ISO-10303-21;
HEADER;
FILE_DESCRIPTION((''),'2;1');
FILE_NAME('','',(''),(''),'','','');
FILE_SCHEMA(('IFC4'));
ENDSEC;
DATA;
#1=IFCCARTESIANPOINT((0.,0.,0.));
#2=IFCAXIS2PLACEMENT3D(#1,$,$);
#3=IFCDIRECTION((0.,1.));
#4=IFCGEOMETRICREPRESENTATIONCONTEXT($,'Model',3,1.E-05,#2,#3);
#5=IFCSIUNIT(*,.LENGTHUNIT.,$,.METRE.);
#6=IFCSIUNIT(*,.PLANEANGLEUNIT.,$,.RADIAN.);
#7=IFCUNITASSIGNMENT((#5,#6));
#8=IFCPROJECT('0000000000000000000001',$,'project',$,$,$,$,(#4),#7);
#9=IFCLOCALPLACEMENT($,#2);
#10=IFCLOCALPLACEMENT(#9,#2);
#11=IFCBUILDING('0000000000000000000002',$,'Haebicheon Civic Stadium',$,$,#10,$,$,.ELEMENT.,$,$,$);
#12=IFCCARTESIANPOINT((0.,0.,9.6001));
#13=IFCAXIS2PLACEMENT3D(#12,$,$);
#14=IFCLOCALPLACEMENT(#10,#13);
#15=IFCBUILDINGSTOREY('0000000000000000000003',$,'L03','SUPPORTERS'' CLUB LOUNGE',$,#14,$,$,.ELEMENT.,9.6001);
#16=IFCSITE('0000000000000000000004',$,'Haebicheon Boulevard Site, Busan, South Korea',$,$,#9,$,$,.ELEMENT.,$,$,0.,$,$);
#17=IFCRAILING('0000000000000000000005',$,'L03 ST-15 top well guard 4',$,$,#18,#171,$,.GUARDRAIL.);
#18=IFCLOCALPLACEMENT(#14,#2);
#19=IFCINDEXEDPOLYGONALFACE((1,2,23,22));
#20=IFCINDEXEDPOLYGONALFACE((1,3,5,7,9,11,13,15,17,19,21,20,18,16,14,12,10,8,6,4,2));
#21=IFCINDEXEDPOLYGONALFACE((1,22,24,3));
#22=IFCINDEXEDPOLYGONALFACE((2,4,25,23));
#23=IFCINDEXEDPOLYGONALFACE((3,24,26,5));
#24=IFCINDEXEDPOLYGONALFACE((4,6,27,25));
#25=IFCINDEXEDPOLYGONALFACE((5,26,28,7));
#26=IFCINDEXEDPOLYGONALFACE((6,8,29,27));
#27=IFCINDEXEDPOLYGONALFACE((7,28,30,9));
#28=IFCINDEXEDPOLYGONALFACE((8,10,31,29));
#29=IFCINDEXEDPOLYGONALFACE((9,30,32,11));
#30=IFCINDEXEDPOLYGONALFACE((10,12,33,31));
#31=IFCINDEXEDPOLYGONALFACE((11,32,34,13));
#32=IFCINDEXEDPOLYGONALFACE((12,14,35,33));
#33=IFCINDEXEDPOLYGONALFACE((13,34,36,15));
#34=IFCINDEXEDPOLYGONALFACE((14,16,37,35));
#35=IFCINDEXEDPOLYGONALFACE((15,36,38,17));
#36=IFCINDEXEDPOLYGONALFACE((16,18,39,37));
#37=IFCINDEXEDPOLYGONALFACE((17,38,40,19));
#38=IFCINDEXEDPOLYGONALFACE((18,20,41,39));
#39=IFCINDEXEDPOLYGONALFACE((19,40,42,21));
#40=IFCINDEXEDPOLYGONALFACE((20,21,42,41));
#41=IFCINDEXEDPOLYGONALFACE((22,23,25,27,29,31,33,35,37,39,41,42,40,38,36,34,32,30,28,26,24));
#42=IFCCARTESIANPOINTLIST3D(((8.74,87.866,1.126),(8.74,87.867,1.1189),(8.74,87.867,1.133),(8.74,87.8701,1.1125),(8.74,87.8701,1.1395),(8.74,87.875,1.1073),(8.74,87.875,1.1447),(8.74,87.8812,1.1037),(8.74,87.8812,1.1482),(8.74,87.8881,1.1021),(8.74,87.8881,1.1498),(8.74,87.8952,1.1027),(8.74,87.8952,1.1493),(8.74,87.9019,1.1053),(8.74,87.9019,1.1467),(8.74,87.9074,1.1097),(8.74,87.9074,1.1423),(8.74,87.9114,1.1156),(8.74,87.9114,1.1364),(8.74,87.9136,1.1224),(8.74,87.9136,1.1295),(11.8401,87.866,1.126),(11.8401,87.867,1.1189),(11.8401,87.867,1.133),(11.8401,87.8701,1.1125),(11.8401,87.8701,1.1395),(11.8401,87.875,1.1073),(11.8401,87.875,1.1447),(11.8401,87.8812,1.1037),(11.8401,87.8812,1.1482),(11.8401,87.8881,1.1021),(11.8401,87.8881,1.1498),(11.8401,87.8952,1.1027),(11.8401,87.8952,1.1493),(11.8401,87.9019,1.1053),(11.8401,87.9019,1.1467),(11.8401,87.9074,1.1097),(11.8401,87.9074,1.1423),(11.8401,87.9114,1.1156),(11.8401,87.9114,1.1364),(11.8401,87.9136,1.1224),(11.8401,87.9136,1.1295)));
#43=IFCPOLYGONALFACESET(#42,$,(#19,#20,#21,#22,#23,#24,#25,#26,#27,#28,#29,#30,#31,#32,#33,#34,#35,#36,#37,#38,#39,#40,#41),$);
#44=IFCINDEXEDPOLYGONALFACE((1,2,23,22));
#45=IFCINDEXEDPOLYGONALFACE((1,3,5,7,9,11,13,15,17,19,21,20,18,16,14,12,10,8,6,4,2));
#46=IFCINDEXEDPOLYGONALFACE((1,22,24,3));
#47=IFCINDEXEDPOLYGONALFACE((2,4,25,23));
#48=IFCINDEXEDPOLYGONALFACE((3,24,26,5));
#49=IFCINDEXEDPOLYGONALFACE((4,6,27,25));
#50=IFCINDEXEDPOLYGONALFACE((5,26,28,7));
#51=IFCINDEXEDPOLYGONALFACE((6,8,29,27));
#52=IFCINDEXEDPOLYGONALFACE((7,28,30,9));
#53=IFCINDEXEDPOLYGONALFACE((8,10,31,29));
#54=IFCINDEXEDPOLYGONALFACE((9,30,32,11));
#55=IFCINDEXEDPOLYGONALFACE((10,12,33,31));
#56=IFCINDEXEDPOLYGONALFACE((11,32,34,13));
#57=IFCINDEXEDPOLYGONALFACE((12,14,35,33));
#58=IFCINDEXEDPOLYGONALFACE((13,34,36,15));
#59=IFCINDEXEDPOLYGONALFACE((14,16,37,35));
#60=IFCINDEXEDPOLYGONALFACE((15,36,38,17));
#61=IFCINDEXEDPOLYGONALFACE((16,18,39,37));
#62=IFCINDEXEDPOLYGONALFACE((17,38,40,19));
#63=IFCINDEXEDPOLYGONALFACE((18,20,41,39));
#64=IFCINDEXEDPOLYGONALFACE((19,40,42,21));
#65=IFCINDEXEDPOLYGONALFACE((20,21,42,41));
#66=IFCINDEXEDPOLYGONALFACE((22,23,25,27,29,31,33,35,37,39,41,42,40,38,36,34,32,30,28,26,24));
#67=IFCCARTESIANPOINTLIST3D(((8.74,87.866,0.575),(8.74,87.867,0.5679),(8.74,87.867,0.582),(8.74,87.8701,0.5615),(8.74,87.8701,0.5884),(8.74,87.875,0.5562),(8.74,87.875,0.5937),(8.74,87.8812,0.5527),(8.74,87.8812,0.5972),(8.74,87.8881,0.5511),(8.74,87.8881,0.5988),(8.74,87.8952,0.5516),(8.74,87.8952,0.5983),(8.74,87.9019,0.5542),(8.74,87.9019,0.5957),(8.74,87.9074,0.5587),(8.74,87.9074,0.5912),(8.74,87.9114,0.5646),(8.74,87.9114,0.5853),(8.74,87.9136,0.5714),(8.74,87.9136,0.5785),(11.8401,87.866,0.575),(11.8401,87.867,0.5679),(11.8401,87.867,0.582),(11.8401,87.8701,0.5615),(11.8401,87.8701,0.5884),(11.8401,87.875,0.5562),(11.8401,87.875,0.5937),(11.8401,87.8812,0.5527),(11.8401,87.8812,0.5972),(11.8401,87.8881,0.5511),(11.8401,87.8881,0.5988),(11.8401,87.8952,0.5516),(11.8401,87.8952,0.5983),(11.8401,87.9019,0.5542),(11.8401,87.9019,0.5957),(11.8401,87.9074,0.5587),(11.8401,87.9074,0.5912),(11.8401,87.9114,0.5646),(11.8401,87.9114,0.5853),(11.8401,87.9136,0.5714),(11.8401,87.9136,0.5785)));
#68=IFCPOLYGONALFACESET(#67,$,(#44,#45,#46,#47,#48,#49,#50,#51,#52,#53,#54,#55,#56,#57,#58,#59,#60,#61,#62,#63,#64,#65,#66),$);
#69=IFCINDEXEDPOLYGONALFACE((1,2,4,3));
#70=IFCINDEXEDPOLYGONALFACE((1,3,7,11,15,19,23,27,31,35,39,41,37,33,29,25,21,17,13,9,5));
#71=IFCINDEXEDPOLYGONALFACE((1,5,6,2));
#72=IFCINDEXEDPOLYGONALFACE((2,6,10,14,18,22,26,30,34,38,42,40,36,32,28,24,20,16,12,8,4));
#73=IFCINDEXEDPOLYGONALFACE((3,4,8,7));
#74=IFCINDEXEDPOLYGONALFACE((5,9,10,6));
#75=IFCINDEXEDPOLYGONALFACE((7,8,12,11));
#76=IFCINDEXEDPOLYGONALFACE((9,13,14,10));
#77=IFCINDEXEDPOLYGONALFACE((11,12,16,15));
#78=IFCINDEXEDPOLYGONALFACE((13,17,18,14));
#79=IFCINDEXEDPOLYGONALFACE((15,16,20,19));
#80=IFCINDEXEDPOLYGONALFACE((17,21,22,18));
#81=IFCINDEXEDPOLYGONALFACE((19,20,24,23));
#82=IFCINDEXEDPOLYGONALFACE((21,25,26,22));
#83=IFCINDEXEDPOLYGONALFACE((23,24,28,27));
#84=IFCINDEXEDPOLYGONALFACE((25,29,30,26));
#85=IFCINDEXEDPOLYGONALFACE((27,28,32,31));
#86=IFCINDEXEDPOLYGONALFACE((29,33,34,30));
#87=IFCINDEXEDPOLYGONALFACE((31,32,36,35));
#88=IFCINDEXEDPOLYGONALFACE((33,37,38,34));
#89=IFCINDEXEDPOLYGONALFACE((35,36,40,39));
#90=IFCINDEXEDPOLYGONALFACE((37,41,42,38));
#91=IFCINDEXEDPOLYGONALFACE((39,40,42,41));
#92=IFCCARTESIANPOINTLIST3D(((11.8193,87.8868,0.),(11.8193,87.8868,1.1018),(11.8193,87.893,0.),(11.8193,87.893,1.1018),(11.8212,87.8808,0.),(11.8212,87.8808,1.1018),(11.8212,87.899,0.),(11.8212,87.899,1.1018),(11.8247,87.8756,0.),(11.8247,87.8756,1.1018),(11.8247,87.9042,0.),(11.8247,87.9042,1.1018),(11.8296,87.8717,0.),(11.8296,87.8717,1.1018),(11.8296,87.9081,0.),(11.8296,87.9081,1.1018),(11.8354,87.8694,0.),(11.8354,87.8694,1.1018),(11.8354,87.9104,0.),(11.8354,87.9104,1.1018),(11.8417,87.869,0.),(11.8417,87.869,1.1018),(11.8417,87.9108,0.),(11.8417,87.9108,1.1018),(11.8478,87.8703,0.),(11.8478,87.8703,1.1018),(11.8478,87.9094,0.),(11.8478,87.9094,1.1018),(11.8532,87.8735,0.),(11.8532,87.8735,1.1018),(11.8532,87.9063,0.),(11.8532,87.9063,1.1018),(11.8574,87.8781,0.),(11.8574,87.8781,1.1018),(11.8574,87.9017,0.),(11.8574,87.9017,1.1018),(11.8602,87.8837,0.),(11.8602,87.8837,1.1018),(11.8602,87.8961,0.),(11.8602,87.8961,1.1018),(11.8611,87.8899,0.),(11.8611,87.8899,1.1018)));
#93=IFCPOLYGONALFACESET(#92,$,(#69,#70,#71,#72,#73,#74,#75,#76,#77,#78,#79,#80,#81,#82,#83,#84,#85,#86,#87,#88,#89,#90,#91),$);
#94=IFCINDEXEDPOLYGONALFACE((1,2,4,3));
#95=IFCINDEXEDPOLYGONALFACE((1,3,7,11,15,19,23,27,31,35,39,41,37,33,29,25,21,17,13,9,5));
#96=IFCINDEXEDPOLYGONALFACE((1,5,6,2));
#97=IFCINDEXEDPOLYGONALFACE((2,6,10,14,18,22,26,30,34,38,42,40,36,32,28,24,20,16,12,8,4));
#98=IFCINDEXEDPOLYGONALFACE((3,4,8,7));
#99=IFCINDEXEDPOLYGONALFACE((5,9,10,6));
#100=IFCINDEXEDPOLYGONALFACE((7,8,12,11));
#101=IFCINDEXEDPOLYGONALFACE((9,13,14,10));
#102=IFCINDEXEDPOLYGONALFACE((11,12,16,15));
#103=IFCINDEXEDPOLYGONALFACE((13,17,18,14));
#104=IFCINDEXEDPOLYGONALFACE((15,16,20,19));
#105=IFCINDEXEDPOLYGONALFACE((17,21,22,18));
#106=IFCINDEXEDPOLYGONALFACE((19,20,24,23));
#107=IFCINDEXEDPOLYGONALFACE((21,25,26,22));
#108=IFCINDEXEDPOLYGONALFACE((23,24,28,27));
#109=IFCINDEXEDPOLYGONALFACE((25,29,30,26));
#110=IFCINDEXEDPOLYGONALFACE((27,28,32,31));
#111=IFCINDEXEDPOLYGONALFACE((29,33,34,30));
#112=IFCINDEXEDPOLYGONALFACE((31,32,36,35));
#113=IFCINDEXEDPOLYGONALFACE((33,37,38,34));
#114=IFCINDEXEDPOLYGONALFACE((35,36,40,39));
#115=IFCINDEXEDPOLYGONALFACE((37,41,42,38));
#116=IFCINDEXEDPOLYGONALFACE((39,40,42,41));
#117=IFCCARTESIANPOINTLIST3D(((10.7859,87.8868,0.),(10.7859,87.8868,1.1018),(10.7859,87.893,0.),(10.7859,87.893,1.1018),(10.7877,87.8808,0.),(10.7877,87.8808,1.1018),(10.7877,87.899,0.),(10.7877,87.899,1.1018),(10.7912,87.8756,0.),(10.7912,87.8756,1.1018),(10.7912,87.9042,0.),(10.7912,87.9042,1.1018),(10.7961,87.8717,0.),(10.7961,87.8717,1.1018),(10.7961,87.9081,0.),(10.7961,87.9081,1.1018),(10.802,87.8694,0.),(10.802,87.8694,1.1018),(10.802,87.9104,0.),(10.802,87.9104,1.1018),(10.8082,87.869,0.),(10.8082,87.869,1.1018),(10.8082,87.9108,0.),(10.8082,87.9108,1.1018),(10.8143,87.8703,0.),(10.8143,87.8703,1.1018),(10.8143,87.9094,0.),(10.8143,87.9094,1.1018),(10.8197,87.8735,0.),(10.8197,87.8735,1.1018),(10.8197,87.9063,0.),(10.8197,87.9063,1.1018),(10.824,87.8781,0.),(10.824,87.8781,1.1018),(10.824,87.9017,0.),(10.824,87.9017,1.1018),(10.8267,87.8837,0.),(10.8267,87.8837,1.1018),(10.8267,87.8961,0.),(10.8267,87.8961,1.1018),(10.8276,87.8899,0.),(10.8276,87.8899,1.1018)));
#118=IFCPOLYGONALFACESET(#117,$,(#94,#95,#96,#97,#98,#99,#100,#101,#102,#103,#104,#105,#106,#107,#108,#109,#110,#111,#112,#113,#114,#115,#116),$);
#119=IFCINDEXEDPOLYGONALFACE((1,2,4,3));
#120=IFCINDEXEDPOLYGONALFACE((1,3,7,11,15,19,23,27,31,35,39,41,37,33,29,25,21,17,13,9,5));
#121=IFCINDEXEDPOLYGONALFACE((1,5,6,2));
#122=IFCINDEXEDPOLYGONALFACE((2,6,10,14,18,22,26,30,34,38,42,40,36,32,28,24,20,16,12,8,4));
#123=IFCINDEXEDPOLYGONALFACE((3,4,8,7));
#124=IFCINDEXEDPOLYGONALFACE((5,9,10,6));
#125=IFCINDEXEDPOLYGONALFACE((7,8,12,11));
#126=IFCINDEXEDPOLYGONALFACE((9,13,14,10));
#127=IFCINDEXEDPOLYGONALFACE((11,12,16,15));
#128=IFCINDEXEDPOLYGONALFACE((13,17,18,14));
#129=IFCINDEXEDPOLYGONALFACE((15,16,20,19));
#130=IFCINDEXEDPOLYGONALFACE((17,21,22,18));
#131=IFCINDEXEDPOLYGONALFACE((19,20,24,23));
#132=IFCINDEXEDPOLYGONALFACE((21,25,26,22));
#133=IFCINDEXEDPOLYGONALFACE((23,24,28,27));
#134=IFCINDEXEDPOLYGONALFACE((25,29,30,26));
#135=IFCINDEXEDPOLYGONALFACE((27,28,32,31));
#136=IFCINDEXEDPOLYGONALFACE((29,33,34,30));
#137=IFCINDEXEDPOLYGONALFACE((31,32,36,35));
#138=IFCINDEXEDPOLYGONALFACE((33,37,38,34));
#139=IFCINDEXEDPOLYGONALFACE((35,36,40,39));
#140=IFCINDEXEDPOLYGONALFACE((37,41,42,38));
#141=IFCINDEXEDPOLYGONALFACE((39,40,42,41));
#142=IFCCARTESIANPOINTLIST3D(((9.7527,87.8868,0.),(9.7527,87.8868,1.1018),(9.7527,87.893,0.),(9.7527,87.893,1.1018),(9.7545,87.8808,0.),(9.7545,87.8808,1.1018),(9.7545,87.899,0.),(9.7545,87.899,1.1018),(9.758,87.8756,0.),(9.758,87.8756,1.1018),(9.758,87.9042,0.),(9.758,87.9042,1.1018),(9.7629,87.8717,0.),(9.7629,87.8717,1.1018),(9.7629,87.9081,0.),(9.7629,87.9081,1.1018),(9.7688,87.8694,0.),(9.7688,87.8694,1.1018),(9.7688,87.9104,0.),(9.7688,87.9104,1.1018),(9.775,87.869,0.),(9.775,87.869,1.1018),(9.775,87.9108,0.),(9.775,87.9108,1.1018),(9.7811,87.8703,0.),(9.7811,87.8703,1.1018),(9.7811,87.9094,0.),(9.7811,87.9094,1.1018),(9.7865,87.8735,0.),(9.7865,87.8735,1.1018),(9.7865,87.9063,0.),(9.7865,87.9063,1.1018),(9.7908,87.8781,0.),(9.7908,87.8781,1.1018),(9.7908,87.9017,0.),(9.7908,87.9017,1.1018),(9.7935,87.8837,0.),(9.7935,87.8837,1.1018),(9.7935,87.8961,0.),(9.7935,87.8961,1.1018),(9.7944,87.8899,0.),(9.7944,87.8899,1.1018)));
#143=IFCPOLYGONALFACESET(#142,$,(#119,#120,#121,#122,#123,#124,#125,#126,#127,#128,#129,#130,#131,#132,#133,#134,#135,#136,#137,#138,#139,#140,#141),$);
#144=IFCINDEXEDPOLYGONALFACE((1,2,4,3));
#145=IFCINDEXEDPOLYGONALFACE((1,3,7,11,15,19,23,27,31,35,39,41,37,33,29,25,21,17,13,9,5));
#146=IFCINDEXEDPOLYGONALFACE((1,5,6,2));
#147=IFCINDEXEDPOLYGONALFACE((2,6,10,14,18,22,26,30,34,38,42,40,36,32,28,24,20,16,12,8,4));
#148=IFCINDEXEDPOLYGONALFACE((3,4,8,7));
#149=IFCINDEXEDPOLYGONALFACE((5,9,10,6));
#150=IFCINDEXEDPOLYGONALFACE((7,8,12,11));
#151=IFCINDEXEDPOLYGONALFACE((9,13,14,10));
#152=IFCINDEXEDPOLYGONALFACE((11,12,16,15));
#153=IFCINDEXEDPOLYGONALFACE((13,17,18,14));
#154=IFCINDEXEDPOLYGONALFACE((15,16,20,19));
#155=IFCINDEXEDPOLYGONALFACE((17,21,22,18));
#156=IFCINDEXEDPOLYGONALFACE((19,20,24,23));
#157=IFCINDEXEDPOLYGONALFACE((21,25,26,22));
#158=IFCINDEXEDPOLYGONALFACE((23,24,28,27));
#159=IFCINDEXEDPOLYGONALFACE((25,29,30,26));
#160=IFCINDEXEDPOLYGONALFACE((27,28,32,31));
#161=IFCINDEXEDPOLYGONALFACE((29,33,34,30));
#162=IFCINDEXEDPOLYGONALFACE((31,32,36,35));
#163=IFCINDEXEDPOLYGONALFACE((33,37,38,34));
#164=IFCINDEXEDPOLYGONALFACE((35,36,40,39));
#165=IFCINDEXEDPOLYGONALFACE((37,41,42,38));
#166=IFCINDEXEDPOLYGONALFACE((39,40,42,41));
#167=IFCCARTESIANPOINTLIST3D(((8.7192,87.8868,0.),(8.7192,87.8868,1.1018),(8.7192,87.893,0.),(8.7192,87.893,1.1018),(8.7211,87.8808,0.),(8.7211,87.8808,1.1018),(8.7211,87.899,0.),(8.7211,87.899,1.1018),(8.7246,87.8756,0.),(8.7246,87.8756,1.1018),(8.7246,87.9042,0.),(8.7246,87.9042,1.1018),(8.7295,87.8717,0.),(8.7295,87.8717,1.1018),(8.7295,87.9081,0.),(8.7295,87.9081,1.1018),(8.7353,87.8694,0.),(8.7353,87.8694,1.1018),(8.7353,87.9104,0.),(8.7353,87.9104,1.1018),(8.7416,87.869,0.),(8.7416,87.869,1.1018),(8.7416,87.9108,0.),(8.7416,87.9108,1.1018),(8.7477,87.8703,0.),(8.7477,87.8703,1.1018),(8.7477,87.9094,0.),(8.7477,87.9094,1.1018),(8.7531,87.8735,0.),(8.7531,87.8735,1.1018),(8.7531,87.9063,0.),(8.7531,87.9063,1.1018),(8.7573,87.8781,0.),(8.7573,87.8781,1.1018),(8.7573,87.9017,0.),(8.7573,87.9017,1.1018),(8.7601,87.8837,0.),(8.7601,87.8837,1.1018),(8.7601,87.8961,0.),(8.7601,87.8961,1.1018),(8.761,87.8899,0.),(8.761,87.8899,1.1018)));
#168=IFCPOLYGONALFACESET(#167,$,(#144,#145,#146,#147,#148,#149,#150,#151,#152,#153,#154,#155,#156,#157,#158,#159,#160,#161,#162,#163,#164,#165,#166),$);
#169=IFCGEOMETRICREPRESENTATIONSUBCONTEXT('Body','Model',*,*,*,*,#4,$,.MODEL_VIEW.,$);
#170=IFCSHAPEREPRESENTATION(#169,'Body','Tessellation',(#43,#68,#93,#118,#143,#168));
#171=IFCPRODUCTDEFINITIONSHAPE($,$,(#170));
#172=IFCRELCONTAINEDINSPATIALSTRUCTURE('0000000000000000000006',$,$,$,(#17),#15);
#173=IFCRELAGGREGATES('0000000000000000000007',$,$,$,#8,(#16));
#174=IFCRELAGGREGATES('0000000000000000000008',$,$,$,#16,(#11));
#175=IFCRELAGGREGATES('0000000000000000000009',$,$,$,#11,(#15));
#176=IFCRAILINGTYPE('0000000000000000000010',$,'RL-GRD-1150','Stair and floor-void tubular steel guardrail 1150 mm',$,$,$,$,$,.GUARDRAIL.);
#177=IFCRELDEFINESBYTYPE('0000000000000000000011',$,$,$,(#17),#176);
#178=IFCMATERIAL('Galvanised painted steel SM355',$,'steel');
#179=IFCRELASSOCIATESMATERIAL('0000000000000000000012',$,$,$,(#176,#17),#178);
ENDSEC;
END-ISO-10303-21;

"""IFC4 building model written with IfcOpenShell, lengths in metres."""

from ifc_helpers import new_model, si_unit, direction, frame, origin, origin_2d, place, context, subcontext, project, spatial, circle, extrude, material, type_object, element, save


model = new_model("IFC4")

# Units and contexts
model_context = context("Model", 3, precision=1e-05, world=origin(), true_north=direction((0.0, 1.0)))
body_context = subcontext(model_context, "Body", "Model", "MODEL_VIEW")
ifc_project = project(units=[si_unit("LENGTHUNIT", "METRE"), si_unit("PLANEANGLEUNIT", "RADIAN")], contexts=[model_context])

# Site, building, storey
site_placement = place(None, origin())
site = spatial("IfcSite", under=ifc_project, at=site_placement, Name="Haebicheon Boulevard Site, Busan, South Korea", CompositionType="ELEMENT", RefElevation=0.0)
building_placement = place(site_placement, origin())
building = spatial("IfcBuilding", under=site, at=building_placement, Name="Haebicheon Civic Stadium", CompositionType="ELEMENT")
storey_placement = place(building_placement, frame((0.0, 0.0, 9.6001)))
storey = spatial("IfcBuildingStorey", under=building, at=storey_placement, Name="L03", Description="SUPPORTERS' CLUB LOUNGE", CompositionType="ELEMENT", Elevation=9.6001)

# Railing
ifc_material_1 = material(Name="Galvanised painted steel SM355", Category="steel")
railing_type = type_object("IfcRailingType", Name="RL-GRD-1150", Description="Stair and floor-void tubular steel guardrail 1150 mm", PredefinedType="GUARDRAIL", material=ifc_material_1)
railing_1_placement = place(storey_placement, frame((11.8401, 87.8899, 0.0)))
element("IfcRailing", 1, at=railing_1_placement, inside=storey, type_object=railing_type, material=ifc_material_1, Name="L03 ST-15 top well guard 4", PredefinedType="GUARDRAIL", context=body_context, shape_type="SweptSolid", body=[
    extrude(circle(Radius=0.0239, at=origin_2d()), frame((0.0, 0.0, 1.126), z_axis=(-1.0, 0.0, 0.0), x_axis=(0.0, -1.0, 0.0)), (0.0, 0.0, 1.0), 3.1001),
    extrude(circle(Radius=0.0239, at=origin_2d()), frame((0.0, 0.0, 0.575), z_axis=(-1.0, 0.0, 0.0), x_axis=(0.0, -1.0, 0.0)), (0.0, 0.0, 1.0), 3.1001),
    extrude(circle(Radius=0.021, at=origin_2d()), origin(), (0.0, 0.0, 1.0), 1.1018),
    extrude(circle(Radius=0.021, at=origin_2d()), frame((-1.0334, 0.0, 0.0)), (0.0, 0.0, 1.0), 1.1018),
    extrude(circle(Radius=0.021, at=origin_2d()), frame((-2.0667, 0.0, 0.0)), (0.0, 0.0, 1.0), 1.1018),
    extrude(circle(Radius=0.021, at=origin_2d()), frame((-3.1001, 0.0, 0.0)), (0.0, 0.0, 1.0), 1.1018),
])

save(model, "model.ifc")
